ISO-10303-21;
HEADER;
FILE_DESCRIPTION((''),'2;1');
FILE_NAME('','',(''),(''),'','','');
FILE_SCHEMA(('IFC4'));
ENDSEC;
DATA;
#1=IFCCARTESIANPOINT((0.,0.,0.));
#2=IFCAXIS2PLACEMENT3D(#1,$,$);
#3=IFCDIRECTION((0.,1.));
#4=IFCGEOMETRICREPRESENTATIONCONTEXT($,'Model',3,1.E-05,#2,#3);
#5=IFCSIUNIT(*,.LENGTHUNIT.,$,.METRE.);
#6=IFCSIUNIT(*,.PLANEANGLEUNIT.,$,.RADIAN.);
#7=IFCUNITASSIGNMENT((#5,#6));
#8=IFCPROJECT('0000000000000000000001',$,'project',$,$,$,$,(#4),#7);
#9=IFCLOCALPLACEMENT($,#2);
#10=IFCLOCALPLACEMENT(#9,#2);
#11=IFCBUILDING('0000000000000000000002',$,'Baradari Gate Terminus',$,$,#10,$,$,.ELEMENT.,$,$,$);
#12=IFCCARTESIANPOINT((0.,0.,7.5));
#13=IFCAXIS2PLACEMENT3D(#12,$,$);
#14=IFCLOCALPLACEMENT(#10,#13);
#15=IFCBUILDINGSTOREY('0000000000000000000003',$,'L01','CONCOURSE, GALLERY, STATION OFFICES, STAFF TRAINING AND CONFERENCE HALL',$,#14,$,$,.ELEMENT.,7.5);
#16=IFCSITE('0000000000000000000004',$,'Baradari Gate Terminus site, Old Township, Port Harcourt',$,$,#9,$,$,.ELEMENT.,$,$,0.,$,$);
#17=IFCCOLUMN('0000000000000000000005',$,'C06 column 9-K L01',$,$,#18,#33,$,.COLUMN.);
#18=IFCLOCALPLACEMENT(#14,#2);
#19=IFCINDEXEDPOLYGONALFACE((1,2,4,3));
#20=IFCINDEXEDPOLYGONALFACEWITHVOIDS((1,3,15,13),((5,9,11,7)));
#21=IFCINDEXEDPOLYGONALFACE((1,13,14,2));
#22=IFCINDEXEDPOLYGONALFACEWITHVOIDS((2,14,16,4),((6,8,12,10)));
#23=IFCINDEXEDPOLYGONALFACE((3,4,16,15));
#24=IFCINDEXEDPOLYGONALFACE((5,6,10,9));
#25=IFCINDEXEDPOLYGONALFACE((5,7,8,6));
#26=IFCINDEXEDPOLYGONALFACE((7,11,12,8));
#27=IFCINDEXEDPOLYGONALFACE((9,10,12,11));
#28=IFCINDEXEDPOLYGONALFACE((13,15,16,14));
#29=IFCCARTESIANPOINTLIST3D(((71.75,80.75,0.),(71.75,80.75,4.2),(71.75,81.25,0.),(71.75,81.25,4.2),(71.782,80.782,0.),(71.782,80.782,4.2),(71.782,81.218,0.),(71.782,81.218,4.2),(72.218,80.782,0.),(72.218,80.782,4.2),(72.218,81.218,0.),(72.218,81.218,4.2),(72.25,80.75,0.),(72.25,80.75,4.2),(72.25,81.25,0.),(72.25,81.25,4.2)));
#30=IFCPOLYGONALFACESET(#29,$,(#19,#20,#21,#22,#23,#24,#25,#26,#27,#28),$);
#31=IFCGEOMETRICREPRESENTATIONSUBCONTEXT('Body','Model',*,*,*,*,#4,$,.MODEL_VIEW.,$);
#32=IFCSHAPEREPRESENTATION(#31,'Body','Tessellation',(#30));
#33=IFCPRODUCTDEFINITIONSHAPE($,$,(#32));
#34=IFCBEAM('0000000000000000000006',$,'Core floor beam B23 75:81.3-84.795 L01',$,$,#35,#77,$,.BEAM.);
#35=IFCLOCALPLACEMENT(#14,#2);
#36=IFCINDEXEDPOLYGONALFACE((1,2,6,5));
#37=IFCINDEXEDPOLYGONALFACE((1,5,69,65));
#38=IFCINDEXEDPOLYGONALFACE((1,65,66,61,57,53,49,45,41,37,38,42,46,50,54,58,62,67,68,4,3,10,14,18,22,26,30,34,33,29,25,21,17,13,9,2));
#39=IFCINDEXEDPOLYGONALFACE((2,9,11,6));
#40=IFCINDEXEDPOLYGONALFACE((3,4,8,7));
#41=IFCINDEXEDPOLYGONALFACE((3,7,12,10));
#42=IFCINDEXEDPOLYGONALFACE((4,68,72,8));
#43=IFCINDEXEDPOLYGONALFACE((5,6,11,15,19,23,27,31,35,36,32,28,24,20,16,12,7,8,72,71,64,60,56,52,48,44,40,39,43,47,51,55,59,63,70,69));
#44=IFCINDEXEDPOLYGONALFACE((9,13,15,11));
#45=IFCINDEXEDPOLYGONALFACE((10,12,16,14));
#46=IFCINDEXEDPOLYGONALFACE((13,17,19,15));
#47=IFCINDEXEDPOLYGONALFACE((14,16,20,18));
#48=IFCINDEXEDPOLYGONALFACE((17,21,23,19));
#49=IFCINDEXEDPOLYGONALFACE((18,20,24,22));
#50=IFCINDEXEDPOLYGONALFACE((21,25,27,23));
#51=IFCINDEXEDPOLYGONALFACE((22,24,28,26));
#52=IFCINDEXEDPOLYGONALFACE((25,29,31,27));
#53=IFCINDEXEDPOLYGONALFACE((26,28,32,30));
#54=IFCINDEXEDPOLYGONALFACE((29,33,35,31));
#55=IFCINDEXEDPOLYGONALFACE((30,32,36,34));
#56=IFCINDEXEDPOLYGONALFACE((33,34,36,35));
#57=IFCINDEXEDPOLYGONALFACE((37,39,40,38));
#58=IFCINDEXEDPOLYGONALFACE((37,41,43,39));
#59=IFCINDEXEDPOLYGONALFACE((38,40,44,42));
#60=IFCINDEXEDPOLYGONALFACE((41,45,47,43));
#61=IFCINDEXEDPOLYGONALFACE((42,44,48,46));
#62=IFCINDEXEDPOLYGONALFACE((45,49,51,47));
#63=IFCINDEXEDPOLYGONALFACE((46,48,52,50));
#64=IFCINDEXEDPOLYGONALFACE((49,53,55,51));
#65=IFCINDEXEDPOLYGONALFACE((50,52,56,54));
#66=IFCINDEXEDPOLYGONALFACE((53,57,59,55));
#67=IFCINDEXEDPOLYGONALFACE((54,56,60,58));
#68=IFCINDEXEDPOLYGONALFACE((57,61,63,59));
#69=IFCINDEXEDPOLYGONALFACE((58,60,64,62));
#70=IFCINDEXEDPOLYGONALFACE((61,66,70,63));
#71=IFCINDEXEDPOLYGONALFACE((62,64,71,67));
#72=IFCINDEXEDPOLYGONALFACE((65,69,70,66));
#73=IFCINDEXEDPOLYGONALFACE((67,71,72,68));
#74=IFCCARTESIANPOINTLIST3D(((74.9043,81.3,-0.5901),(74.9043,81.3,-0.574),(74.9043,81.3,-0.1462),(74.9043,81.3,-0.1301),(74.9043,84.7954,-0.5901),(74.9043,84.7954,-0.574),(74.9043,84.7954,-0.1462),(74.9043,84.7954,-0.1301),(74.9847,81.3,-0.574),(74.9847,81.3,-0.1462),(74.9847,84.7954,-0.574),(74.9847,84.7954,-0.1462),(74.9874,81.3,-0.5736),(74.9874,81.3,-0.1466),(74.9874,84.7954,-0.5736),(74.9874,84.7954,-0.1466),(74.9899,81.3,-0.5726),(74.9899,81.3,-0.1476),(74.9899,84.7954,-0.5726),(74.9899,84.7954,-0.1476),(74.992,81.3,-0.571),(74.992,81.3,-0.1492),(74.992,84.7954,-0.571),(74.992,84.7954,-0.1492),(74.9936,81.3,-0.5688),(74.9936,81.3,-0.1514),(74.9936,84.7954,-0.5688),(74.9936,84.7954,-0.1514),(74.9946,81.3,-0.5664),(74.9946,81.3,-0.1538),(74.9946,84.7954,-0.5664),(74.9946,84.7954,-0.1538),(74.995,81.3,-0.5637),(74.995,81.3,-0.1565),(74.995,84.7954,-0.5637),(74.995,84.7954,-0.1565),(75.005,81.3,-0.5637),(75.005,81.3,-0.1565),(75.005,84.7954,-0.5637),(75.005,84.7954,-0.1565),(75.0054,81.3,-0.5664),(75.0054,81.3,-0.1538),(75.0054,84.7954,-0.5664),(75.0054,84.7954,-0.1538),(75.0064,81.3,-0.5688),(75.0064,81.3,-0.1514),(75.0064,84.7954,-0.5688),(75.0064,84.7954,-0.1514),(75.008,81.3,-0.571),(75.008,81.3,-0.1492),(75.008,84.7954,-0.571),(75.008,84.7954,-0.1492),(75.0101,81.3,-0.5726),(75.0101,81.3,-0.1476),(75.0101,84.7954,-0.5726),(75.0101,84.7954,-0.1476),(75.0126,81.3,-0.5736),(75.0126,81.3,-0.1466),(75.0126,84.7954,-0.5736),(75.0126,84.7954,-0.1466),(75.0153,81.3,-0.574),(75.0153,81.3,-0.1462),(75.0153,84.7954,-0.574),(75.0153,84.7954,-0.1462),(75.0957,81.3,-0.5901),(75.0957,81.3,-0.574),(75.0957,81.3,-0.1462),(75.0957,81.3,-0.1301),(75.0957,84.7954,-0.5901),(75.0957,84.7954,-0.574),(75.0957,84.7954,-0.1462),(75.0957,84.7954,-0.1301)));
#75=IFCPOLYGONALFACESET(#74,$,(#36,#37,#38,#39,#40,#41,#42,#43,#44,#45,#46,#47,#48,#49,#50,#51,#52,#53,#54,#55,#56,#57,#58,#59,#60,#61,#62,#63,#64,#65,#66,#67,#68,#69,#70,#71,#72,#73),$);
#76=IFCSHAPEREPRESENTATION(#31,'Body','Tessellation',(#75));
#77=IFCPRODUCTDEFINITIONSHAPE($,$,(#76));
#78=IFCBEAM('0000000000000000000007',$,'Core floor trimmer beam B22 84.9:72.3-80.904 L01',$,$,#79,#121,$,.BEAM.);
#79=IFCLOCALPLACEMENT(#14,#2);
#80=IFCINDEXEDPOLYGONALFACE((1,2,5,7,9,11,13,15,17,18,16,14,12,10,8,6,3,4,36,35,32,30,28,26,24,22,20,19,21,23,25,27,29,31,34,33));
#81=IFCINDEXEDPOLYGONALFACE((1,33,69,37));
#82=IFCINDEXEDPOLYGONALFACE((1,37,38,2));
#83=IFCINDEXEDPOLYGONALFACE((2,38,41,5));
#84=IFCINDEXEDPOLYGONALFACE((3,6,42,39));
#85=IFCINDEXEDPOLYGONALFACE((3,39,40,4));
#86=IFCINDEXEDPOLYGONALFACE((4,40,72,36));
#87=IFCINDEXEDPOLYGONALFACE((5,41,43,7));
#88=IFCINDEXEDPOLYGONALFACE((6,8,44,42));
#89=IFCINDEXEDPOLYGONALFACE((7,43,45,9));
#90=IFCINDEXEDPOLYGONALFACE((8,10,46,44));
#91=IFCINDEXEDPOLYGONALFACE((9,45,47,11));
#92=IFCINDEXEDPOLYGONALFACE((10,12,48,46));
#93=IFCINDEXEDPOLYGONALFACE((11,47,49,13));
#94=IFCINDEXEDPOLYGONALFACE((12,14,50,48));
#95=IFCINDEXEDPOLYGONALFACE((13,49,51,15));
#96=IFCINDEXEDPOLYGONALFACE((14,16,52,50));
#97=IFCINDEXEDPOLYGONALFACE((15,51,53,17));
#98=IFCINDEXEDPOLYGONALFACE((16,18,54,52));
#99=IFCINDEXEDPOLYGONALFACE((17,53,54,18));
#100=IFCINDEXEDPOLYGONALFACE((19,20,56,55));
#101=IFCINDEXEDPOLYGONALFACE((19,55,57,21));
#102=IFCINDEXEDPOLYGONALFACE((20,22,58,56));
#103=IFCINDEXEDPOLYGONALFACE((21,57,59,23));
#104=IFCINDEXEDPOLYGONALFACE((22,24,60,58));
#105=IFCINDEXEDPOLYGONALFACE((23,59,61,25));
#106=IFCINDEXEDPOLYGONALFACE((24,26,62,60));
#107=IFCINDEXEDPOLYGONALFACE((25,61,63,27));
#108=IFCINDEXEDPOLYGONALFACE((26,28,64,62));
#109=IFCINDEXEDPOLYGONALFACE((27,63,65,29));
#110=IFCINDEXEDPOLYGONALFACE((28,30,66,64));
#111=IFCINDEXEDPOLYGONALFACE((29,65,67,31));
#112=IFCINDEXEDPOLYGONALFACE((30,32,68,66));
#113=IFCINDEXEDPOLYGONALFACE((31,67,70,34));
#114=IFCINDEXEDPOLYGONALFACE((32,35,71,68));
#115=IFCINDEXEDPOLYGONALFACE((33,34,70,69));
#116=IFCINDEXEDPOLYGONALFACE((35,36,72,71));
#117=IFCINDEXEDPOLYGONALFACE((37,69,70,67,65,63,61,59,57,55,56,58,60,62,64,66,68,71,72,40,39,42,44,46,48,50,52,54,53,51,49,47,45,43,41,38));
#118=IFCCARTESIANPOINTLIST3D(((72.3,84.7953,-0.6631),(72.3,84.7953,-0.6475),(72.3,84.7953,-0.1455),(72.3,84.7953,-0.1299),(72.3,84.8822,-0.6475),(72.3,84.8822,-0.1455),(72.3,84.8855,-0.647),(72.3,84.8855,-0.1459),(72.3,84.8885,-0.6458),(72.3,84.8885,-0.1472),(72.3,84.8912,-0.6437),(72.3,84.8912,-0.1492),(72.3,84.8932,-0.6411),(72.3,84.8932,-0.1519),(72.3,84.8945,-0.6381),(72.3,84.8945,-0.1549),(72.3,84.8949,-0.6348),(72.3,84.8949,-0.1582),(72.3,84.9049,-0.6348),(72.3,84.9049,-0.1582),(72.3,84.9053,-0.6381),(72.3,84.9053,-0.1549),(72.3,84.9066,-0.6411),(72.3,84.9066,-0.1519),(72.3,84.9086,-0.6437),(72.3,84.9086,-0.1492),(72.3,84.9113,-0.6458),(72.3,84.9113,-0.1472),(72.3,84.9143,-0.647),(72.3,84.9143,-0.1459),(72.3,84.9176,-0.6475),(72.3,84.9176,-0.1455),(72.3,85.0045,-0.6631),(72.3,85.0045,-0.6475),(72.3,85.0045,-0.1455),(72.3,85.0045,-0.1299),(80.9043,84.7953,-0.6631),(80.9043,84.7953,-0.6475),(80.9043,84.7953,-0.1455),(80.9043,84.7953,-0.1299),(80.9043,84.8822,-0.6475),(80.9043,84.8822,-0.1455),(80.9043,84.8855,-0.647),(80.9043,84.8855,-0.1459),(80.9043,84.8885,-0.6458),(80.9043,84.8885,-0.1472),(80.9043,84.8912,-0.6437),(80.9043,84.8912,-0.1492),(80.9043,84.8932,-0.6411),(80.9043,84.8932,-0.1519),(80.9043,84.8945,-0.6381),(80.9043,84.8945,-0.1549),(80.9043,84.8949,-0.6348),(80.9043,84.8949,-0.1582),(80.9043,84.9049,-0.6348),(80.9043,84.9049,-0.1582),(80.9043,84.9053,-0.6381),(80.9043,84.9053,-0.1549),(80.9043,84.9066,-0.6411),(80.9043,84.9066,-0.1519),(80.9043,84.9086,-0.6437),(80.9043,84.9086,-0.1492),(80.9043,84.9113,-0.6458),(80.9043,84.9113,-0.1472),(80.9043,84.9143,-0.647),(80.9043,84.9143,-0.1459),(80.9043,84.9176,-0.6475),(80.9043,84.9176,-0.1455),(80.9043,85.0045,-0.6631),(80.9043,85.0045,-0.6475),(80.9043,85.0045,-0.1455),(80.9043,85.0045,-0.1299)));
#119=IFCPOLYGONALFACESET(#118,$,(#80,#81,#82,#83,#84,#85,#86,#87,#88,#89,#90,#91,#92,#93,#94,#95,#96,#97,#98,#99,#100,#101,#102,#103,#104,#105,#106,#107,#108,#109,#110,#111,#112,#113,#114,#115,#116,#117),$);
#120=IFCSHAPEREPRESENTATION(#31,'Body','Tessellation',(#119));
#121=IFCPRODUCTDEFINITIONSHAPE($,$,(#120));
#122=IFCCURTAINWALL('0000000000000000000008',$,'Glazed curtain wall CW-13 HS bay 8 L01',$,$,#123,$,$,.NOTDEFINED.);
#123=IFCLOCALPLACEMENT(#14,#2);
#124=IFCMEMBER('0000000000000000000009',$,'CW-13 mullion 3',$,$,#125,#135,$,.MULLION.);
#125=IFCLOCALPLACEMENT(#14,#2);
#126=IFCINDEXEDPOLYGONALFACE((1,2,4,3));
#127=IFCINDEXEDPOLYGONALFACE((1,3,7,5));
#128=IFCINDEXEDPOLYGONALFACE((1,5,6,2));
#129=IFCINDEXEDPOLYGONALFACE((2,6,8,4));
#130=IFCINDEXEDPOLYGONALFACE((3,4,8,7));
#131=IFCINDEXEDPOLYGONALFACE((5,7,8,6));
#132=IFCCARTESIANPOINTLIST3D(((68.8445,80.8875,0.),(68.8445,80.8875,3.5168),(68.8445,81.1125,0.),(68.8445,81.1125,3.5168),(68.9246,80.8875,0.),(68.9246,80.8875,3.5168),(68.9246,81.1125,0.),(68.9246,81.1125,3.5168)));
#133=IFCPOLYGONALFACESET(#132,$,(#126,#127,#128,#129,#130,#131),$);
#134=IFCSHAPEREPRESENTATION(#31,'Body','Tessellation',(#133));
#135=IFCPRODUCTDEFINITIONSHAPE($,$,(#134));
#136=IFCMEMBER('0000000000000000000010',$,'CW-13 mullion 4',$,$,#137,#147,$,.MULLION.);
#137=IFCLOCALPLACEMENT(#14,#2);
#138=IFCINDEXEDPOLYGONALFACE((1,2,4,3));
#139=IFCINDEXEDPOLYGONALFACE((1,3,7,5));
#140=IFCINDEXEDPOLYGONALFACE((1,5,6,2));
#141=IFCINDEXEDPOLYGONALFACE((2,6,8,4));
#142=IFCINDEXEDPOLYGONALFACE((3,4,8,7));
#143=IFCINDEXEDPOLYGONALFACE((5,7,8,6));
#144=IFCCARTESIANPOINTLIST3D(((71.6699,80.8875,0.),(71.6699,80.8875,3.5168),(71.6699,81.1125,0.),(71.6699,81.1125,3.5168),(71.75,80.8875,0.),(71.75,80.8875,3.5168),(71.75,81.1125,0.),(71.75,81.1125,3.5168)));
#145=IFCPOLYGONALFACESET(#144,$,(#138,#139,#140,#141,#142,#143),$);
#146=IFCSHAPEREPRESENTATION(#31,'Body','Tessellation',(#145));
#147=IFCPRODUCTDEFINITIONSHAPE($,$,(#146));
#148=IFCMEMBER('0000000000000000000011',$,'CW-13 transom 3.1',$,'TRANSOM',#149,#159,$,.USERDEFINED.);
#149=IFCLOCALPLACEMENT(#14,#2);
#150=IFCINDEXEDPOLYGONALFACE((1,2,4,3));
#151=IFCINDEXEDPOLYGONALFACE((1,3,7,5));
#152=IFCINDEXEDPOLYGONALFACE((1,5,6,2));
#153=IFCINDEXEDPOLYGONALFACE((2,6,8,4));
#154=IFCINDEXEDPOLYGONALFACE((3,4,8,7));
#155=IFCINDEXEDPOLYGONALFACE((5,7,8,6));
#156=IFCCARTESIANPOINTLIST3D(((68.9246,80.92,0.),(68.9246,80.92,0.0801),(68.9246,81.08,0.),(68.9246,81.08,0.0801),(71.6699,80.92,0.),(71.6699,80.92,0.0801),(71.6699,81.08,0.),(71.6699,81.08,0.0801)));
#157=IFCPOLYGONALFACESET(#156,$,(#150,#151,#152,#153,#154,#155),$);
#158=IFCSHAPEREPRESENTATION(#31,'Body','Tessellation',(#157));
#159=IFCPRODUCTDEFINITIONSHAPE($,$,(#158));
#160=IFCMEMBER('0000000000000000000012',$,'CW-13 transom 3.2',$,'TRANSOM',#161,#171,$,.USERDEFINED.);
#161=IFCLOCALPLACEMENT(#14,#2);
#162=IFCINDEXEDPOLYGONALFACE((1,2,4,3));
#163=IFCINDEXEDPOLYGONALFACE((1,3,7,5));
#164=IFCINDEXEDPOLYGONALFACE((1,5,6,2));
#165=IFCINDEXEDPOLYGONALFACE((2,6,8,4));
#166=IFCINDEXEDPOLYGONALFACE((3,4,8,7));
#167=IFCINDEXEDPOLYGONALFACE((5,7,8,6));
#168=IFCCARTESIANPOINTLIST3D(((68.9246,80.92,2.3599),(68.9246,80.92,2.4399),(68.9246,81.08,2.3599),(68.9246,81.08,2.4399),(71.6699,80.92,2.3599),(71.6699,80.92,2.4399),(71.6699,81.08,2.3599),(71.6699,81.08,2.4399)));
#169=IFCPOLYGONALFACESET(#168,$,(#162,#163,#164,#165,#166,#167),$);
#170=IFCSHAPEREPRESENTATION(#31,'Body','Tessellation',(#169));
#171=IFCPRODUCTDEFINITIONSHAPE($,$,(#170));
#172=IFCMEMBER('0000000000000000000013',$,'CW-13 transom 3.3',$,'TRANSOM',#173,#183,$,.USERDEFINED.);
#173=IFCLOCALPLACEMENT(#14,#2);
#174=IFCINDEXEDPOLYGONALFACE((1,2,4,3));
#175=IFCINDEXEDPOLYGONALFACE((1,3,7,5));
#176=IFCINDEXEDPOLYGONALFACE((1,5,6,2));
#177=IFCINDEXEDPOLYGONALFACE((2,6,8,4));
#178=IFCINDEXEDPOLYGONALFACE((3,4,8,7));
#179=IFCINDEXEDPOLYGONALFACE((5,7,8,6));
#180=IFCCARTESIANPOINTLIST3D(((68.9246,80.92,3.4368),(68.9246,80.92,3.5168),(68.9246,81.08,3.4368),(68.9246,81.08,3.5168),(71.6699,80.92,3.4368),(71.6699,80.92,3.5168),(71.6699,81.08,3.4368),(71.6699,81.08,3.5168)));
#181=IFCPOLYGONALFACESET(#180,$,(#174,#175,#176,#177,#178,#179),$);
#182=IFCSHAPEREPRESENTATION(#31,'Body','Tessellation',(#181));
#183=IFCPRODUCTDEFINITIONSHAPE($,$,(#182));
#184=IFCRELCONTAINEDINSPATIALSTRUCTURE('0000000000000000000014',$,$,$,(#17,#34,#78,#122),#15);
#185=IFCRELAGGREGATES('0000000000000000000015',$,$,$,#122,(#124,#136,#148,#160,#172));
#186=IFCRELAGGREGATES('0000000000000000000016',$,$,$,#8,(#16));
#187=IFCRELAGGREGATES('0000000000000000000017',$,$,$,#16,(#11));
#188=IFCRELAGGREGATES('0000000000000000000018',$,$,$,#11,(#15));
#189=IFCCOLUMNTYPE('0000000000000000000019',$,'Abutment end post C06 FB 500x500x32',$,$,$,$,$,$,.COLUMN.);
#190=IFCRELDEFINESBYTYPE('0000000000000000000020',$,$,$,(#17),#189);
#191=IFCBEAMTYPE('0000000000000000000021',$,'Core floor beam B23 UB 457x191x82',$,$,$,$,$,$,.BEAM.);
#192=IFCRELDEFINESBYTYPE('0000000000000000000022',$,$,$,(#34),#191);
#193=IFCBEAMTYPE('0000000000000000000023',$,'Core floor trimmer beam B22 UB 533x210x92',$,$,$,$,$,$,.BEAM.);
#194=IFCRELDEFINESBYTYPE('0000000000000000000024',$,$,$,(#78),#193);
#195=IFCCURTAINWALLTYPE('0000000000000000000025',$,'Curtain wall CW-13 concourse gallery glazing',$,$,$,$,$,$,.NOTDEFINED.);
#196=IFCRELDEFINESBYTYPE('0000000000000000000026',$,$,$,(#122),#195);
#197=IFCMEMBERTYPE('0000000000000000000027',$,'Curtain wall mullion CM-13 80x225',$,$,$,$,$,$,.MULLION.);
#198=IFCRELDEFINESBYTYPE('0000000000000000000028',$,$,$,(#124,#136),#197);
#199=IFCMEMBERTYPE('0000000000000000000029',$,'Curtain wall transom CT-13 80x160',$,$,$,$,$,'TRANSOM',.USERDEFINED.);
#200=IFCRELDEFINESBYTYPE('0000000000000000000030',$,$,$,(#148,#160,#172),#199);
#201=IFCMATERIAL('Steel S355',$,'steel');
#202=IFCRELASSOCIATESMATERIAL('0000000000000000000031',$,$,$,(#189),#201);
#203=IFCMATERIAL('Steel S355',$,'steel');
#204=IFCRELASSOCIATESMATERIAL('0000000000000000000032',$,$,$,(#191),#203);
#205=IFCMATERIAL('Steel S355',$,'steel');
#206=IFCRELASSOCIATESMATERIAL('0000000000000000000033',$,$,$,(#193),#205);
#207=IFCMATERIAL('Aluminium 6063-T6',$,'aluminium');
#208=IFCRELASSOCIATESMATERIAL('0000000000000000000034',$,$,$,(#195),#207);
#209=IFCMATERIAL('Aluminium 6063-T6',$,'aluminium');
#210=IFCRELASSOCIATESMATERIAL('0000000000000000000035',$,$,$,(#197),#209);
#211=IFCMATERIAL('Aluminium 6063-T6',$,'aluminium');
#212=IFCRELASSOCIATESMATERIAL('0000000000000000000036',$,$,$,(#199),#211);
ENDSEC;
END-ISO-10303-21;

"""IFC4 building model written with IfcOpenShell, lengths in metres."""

from ifc_helpers import new_model, si_unit, direction, frame, origin, origin_2d, place, context, subcontext, project, spatial, rectangle, hollow_rectangle, i_section, extrude, material, material_profile, profile_set, type_object, element, aggregate, save


model = new_model("IFC4")

# Units and contexts
model_context = context("Model", 3, precision=1e-05, world=origin(), true_north=direction((0.0, 1.0)))
body_context = subcontext(model_context, "Body", "Model", "MODEL_VIEW")
ifc_project = project(units=[si_unit("LENGTHUNIT", "METRE"), si_unit("PLANEANGLEUNIT", "RADIAN")], contexts=[model_context])

# Site, building, storey
site_placement = place(None, origin())
site = spatial("IfcSite", under=ifc_project, at=site_placement, Name="Baradari Gate Terminus site, Old Township, Port Harcourt", CompositionType="ELEMENT", RefElevation=0.0)
building_placement = place(site_placement, origin())
building = spatial("IfcBuilding", under=site, at=building_placement, Name="Baradari Gate Terminus", CompositionType="ELEMENT")
storey_placement = place(building_placement, frame((0.0, 0.0, 7.5)))
storey = spatial("IfcBuildingStorey", under=building, at=storey_placement, Name="L01", Description="CONCOURSE, GALLERY, STATION OFFICES, STAFF TRAINING AND CONFERENCE HALL", CompositionType="ELEMENT", Elevation=7.5)

# Column
ifc_material_1 = material(Name="Steel S355", Category="steel")
ifc_material_profile_1 = material_profile(ifc_material_1, hollow_rectangle(XDim=0.5, YDim=0.5, WallThickness=0.032, at=origin_2d()), Name="FB 500x500x32")
ifc_profile_set_1 = profile_set([ifc_material_profile_1], Name="Steel S355")
column_type = type_object("IfcColumnType", Name="Abutment end post C06 FB 500x500x32", PredefinedType="COLUMN", material=ifc_profile_set_1)
column_placement = place(storey_placement, frame((72.0, 81.0, 0.0), z_axis=(0.0, 0.0, 1.0), x_axis=(1.0, 0.0, 0.0)))
element("IfcColumn", 1, at=column_placement, inside=storey, type_object=column_type, Name="C06 column 9-K L01", PredefinedType="COLUMN", context=body_context, shape_type="SweptSolid", body=[
    extrude(hollow_rectangle(XDim=0.5, YDim=0.5, WallThickness=0.032, at=origin_2d()), origin(), (0.0, 0.0, 1.0), 4.2),
])

# Beams
ifc_material_2 = material(Name="Steel S355", Category="steel")
ifc_material_profile_2 = material_profile(ifc_material_2, i_section(OverallWidth=0.1914, OverallDepth=0.46, WebThickness=0.01, FlangeThickness=0.0161, FilletRadius=0.0103, at=origin_2d()), Name="UB 457x191x82")
ifc_profile_set_2 = profile_set([ifc_material_profile_2], Name="Steel S355")
beam_type_1 = type_object("IfcBeamType", Name="Core floor beam B23 UB 457x191x82", PredefinedType="BEAM", material=ifc_profile_set_2)
beam_1_placement = place(storey_placement, frame((75.0, 81.3, -0.3601), z_axis=(0.0, 1.0, 0.0), x_axis=(-1.0, 0.0, 0.0)))
element("IfcBeam", 2, at=beam_1_placement, inside=storey, type_object=beam_type_1, Name="Core floor beam B23 75:81.3-84.795 L01", PredefinedType="BEAM", context=body_context, shape_type="SweptSolid", body=[
    extrude(i_section(OverallWidth=0.1914, OverallDepth=0.46, WebThickness=0.01, FlangeThickness=0.0161, FilletRadius=0.0103, at=origin_2d()), origin(), (0.0, 0.0, 1.0), 3.4954),
])
ifc_material_3 = material(Name="Steel S355", Category="steel")
ifc_material_profile_3 = material_profile(ifc_material_3, i_section(OverallWidth=0.2092, OverallDepth=0.5332, WebThickness=0.01, FlangeThickness=0.0156, FilletRadius=0.0127, at=origin_2d()), Name="UB 533x210x92")
ifc_profile_set_3 = profile_set([ifc_material_profile_3], Name="Steel S355")
beam_type_2 = type_object("IfcBeamType", Name="Core floor trimmer beam B22 UB 533x210x92", PredefinedType="BEAM", material=ifc_profile_set_3)
beam_2_placement = place(storey_placement, frame((72.3, 84.8999, -0.3965), z_axis=(1.0, 0.0, 0.0), x_axis=(0.0, 1.0, 0.0)))
element("IfcBeam", 3, at=beam_2_placement, inside=storey, type_object=beam_type_2, Name="Core floor trimmer beam B22 84.9:72.3-80.904 L01", PredefinedType="BEAM", context=body_context, shape_type="SweptSolid", body=[
    extrude(i_section(OverallWidth=0.2092, OverallDepth=0.5332, WebThickness=0.01, FlangeThickness=0.0156, FilletRadius=0.0127, at=origin_2d()), origin(), (0.0, 0.0, 1.0), 8.6042),
])

# Curtain wall, members
ifc_material_4 = material(Name="Aluminium 6063-T6", Category="aluminium")
curtain_wall_type = type_object("IfcCurtainWallType", Name="Curtain wall CW-13 concourse gallery glazing", PredefinedType="NOTDEFINED", material=ifc_material_4)
curtain_wall_placement = place(storey_placement, origin())
curtain_wall = element("IfcCurtainWall", 4, at=curtain_wall_placement, inside=storey, type_object=curtain_wall_type, Name="Glazed curtain wall CW-13 HS bay 8 L01", PredefinedType="NOTDEFINED")
ifc_material_5 = material(Name="Aluminium 6063-T6", Category="aluminium")
ifc_material_profile_4 = material_profile(ifc_material_5, rectangle(XDim=0.2251, YDim=0.0801, at=origin_2d()), Name="CM-13 80X225")
ifc_profile_set_4 = profile_set([ifc_material_profile_4], Name="Aluminium 6063-T6")
member_type_1 = type_object("IfcMemberType", Name="Curtain wall mullion CM-13 80x225", PredefinedType="MULLION", material=ifc_profile_set_4)
member_1_placement = place(storey_placement, frame((68.8845, 81.0, 0.0), z_axis=(0.0, 0.0, 1.0), x_axis=(0.0, 1.0, 0.0)))
member_1 = element("IfcMember", 5, at=member_1_placement, type_object=member_type_1, Name="CW-13 mullion 3", PredefinedType="MULLION", context=body_context, shape_type="SweptSolid", body=[
    extrude(rectangle(XDim=0.2251, YDim=0.0801, at=origin_2d()), origin(), (0.0, 0.0, 1.0), 3.5168),
])
member_2_placement = place(storey_placement, frame((71.71, 81.0, 0.0), z_axis=(0.0, 0.0, 1.0), x_axis=(0.0, 1.0, 0.0)))
member_2 = element("IfcMember", 6, at=member_2_placement, type_object=member_type_1, Name="CW-13 mullion 4", PredefinedType="MULLION", context=body_context, shape_type="SweptSolid", body=[
    extrude(rectangle(XDim=0.2251, YDim=0.0801, at=origin_2d()), origin(), (0.0, 0.0, 1.0), 3.5168),
])
ifc_material_6 = material(Name="Aluminium 6063-T6", Category="aluminium")
ifc_material_profile_5 = material_profile(ifc_material_6, rectangle(XDim=0.1599, YDim=0.0801, at=origin_2d()), Name="CT-13 80X160")
ifc_profile_set_5 = profile_set([ifc_material_profile_5], Name="Aluminium 6063-T6")
member_type_2 = type_object("IfcMemberType", Name="Curtain wall transom CT-13 80x160", ElementType="TRANSOM", PredefinedType="USERDEFINED", material=ifc_profile_set_5)
member_3_placement = place(storey_placement, frame((68.9246, 81.0, 0.04), z_axis=(1.0, 0.0, 0.0), x_axis=(0.0, 1.0, 0.0)))
member_3 = element("IfcMember", 7, at=member_3_placement, type_object=member_type_2, Name="CW-13 transom 3.1", ObjectType="TRANSOM", PredefinedType="USERDEFINED", context=body_context, shape_type="SweptSolid", body=[
    extrude(rectangle(XDim=0.1599, YDim=0.0801, at=origin_2d()), origin(), (0.0, 0.0, 1.0), 2.7454),
])
member_4_placement = place(storey_placement, frame((68.9246, 81.0, 2.3999), z_axis=(1.0, 0.0, 0.0), x_axis=(0.0, 1.0, 0.0)))
member_4 = element("IfcMember", 8, at=member_4_placement, type_object=member_type_2, Name="CW-13 transom 3.2", ObjectType="TRANSOM", PredefinedType="USERDEFINED", context=body_context, shape_type="SweptSolid", body=[
    extrude(rectangle(XDim=0.1599, YDim=0.0801, at=origin_2d()), origin(), (0.0, 0.0, 1.0), 2.7454),
])
member_5_placement = place(storey_placement, frame((68.9246, 81.0, 3.4768), z_axis=(1.0, 0.0, 0.0), x_axis=(0.0, 1.0, 0.0)))
member_5 = element("IfcMember", 9, at=member_5_placement, type_object=member_type_2, Name="CW-13 transom 3.3", ObjectType="TRANSOM", PredefinedType="USERDEFINED", context=body_context, shape_type="SweptSolid", body=[
    extrude(rectangle(XDim=0.1599, YDim=0.0801, at=origin_2d()), origin(), (0.0, 0.0, 1.0), 2.7454),
])

aggregate(curtain_wall, [member_1, member_2, member_3, member_4, member_5])

save(model, "model.ifc")
